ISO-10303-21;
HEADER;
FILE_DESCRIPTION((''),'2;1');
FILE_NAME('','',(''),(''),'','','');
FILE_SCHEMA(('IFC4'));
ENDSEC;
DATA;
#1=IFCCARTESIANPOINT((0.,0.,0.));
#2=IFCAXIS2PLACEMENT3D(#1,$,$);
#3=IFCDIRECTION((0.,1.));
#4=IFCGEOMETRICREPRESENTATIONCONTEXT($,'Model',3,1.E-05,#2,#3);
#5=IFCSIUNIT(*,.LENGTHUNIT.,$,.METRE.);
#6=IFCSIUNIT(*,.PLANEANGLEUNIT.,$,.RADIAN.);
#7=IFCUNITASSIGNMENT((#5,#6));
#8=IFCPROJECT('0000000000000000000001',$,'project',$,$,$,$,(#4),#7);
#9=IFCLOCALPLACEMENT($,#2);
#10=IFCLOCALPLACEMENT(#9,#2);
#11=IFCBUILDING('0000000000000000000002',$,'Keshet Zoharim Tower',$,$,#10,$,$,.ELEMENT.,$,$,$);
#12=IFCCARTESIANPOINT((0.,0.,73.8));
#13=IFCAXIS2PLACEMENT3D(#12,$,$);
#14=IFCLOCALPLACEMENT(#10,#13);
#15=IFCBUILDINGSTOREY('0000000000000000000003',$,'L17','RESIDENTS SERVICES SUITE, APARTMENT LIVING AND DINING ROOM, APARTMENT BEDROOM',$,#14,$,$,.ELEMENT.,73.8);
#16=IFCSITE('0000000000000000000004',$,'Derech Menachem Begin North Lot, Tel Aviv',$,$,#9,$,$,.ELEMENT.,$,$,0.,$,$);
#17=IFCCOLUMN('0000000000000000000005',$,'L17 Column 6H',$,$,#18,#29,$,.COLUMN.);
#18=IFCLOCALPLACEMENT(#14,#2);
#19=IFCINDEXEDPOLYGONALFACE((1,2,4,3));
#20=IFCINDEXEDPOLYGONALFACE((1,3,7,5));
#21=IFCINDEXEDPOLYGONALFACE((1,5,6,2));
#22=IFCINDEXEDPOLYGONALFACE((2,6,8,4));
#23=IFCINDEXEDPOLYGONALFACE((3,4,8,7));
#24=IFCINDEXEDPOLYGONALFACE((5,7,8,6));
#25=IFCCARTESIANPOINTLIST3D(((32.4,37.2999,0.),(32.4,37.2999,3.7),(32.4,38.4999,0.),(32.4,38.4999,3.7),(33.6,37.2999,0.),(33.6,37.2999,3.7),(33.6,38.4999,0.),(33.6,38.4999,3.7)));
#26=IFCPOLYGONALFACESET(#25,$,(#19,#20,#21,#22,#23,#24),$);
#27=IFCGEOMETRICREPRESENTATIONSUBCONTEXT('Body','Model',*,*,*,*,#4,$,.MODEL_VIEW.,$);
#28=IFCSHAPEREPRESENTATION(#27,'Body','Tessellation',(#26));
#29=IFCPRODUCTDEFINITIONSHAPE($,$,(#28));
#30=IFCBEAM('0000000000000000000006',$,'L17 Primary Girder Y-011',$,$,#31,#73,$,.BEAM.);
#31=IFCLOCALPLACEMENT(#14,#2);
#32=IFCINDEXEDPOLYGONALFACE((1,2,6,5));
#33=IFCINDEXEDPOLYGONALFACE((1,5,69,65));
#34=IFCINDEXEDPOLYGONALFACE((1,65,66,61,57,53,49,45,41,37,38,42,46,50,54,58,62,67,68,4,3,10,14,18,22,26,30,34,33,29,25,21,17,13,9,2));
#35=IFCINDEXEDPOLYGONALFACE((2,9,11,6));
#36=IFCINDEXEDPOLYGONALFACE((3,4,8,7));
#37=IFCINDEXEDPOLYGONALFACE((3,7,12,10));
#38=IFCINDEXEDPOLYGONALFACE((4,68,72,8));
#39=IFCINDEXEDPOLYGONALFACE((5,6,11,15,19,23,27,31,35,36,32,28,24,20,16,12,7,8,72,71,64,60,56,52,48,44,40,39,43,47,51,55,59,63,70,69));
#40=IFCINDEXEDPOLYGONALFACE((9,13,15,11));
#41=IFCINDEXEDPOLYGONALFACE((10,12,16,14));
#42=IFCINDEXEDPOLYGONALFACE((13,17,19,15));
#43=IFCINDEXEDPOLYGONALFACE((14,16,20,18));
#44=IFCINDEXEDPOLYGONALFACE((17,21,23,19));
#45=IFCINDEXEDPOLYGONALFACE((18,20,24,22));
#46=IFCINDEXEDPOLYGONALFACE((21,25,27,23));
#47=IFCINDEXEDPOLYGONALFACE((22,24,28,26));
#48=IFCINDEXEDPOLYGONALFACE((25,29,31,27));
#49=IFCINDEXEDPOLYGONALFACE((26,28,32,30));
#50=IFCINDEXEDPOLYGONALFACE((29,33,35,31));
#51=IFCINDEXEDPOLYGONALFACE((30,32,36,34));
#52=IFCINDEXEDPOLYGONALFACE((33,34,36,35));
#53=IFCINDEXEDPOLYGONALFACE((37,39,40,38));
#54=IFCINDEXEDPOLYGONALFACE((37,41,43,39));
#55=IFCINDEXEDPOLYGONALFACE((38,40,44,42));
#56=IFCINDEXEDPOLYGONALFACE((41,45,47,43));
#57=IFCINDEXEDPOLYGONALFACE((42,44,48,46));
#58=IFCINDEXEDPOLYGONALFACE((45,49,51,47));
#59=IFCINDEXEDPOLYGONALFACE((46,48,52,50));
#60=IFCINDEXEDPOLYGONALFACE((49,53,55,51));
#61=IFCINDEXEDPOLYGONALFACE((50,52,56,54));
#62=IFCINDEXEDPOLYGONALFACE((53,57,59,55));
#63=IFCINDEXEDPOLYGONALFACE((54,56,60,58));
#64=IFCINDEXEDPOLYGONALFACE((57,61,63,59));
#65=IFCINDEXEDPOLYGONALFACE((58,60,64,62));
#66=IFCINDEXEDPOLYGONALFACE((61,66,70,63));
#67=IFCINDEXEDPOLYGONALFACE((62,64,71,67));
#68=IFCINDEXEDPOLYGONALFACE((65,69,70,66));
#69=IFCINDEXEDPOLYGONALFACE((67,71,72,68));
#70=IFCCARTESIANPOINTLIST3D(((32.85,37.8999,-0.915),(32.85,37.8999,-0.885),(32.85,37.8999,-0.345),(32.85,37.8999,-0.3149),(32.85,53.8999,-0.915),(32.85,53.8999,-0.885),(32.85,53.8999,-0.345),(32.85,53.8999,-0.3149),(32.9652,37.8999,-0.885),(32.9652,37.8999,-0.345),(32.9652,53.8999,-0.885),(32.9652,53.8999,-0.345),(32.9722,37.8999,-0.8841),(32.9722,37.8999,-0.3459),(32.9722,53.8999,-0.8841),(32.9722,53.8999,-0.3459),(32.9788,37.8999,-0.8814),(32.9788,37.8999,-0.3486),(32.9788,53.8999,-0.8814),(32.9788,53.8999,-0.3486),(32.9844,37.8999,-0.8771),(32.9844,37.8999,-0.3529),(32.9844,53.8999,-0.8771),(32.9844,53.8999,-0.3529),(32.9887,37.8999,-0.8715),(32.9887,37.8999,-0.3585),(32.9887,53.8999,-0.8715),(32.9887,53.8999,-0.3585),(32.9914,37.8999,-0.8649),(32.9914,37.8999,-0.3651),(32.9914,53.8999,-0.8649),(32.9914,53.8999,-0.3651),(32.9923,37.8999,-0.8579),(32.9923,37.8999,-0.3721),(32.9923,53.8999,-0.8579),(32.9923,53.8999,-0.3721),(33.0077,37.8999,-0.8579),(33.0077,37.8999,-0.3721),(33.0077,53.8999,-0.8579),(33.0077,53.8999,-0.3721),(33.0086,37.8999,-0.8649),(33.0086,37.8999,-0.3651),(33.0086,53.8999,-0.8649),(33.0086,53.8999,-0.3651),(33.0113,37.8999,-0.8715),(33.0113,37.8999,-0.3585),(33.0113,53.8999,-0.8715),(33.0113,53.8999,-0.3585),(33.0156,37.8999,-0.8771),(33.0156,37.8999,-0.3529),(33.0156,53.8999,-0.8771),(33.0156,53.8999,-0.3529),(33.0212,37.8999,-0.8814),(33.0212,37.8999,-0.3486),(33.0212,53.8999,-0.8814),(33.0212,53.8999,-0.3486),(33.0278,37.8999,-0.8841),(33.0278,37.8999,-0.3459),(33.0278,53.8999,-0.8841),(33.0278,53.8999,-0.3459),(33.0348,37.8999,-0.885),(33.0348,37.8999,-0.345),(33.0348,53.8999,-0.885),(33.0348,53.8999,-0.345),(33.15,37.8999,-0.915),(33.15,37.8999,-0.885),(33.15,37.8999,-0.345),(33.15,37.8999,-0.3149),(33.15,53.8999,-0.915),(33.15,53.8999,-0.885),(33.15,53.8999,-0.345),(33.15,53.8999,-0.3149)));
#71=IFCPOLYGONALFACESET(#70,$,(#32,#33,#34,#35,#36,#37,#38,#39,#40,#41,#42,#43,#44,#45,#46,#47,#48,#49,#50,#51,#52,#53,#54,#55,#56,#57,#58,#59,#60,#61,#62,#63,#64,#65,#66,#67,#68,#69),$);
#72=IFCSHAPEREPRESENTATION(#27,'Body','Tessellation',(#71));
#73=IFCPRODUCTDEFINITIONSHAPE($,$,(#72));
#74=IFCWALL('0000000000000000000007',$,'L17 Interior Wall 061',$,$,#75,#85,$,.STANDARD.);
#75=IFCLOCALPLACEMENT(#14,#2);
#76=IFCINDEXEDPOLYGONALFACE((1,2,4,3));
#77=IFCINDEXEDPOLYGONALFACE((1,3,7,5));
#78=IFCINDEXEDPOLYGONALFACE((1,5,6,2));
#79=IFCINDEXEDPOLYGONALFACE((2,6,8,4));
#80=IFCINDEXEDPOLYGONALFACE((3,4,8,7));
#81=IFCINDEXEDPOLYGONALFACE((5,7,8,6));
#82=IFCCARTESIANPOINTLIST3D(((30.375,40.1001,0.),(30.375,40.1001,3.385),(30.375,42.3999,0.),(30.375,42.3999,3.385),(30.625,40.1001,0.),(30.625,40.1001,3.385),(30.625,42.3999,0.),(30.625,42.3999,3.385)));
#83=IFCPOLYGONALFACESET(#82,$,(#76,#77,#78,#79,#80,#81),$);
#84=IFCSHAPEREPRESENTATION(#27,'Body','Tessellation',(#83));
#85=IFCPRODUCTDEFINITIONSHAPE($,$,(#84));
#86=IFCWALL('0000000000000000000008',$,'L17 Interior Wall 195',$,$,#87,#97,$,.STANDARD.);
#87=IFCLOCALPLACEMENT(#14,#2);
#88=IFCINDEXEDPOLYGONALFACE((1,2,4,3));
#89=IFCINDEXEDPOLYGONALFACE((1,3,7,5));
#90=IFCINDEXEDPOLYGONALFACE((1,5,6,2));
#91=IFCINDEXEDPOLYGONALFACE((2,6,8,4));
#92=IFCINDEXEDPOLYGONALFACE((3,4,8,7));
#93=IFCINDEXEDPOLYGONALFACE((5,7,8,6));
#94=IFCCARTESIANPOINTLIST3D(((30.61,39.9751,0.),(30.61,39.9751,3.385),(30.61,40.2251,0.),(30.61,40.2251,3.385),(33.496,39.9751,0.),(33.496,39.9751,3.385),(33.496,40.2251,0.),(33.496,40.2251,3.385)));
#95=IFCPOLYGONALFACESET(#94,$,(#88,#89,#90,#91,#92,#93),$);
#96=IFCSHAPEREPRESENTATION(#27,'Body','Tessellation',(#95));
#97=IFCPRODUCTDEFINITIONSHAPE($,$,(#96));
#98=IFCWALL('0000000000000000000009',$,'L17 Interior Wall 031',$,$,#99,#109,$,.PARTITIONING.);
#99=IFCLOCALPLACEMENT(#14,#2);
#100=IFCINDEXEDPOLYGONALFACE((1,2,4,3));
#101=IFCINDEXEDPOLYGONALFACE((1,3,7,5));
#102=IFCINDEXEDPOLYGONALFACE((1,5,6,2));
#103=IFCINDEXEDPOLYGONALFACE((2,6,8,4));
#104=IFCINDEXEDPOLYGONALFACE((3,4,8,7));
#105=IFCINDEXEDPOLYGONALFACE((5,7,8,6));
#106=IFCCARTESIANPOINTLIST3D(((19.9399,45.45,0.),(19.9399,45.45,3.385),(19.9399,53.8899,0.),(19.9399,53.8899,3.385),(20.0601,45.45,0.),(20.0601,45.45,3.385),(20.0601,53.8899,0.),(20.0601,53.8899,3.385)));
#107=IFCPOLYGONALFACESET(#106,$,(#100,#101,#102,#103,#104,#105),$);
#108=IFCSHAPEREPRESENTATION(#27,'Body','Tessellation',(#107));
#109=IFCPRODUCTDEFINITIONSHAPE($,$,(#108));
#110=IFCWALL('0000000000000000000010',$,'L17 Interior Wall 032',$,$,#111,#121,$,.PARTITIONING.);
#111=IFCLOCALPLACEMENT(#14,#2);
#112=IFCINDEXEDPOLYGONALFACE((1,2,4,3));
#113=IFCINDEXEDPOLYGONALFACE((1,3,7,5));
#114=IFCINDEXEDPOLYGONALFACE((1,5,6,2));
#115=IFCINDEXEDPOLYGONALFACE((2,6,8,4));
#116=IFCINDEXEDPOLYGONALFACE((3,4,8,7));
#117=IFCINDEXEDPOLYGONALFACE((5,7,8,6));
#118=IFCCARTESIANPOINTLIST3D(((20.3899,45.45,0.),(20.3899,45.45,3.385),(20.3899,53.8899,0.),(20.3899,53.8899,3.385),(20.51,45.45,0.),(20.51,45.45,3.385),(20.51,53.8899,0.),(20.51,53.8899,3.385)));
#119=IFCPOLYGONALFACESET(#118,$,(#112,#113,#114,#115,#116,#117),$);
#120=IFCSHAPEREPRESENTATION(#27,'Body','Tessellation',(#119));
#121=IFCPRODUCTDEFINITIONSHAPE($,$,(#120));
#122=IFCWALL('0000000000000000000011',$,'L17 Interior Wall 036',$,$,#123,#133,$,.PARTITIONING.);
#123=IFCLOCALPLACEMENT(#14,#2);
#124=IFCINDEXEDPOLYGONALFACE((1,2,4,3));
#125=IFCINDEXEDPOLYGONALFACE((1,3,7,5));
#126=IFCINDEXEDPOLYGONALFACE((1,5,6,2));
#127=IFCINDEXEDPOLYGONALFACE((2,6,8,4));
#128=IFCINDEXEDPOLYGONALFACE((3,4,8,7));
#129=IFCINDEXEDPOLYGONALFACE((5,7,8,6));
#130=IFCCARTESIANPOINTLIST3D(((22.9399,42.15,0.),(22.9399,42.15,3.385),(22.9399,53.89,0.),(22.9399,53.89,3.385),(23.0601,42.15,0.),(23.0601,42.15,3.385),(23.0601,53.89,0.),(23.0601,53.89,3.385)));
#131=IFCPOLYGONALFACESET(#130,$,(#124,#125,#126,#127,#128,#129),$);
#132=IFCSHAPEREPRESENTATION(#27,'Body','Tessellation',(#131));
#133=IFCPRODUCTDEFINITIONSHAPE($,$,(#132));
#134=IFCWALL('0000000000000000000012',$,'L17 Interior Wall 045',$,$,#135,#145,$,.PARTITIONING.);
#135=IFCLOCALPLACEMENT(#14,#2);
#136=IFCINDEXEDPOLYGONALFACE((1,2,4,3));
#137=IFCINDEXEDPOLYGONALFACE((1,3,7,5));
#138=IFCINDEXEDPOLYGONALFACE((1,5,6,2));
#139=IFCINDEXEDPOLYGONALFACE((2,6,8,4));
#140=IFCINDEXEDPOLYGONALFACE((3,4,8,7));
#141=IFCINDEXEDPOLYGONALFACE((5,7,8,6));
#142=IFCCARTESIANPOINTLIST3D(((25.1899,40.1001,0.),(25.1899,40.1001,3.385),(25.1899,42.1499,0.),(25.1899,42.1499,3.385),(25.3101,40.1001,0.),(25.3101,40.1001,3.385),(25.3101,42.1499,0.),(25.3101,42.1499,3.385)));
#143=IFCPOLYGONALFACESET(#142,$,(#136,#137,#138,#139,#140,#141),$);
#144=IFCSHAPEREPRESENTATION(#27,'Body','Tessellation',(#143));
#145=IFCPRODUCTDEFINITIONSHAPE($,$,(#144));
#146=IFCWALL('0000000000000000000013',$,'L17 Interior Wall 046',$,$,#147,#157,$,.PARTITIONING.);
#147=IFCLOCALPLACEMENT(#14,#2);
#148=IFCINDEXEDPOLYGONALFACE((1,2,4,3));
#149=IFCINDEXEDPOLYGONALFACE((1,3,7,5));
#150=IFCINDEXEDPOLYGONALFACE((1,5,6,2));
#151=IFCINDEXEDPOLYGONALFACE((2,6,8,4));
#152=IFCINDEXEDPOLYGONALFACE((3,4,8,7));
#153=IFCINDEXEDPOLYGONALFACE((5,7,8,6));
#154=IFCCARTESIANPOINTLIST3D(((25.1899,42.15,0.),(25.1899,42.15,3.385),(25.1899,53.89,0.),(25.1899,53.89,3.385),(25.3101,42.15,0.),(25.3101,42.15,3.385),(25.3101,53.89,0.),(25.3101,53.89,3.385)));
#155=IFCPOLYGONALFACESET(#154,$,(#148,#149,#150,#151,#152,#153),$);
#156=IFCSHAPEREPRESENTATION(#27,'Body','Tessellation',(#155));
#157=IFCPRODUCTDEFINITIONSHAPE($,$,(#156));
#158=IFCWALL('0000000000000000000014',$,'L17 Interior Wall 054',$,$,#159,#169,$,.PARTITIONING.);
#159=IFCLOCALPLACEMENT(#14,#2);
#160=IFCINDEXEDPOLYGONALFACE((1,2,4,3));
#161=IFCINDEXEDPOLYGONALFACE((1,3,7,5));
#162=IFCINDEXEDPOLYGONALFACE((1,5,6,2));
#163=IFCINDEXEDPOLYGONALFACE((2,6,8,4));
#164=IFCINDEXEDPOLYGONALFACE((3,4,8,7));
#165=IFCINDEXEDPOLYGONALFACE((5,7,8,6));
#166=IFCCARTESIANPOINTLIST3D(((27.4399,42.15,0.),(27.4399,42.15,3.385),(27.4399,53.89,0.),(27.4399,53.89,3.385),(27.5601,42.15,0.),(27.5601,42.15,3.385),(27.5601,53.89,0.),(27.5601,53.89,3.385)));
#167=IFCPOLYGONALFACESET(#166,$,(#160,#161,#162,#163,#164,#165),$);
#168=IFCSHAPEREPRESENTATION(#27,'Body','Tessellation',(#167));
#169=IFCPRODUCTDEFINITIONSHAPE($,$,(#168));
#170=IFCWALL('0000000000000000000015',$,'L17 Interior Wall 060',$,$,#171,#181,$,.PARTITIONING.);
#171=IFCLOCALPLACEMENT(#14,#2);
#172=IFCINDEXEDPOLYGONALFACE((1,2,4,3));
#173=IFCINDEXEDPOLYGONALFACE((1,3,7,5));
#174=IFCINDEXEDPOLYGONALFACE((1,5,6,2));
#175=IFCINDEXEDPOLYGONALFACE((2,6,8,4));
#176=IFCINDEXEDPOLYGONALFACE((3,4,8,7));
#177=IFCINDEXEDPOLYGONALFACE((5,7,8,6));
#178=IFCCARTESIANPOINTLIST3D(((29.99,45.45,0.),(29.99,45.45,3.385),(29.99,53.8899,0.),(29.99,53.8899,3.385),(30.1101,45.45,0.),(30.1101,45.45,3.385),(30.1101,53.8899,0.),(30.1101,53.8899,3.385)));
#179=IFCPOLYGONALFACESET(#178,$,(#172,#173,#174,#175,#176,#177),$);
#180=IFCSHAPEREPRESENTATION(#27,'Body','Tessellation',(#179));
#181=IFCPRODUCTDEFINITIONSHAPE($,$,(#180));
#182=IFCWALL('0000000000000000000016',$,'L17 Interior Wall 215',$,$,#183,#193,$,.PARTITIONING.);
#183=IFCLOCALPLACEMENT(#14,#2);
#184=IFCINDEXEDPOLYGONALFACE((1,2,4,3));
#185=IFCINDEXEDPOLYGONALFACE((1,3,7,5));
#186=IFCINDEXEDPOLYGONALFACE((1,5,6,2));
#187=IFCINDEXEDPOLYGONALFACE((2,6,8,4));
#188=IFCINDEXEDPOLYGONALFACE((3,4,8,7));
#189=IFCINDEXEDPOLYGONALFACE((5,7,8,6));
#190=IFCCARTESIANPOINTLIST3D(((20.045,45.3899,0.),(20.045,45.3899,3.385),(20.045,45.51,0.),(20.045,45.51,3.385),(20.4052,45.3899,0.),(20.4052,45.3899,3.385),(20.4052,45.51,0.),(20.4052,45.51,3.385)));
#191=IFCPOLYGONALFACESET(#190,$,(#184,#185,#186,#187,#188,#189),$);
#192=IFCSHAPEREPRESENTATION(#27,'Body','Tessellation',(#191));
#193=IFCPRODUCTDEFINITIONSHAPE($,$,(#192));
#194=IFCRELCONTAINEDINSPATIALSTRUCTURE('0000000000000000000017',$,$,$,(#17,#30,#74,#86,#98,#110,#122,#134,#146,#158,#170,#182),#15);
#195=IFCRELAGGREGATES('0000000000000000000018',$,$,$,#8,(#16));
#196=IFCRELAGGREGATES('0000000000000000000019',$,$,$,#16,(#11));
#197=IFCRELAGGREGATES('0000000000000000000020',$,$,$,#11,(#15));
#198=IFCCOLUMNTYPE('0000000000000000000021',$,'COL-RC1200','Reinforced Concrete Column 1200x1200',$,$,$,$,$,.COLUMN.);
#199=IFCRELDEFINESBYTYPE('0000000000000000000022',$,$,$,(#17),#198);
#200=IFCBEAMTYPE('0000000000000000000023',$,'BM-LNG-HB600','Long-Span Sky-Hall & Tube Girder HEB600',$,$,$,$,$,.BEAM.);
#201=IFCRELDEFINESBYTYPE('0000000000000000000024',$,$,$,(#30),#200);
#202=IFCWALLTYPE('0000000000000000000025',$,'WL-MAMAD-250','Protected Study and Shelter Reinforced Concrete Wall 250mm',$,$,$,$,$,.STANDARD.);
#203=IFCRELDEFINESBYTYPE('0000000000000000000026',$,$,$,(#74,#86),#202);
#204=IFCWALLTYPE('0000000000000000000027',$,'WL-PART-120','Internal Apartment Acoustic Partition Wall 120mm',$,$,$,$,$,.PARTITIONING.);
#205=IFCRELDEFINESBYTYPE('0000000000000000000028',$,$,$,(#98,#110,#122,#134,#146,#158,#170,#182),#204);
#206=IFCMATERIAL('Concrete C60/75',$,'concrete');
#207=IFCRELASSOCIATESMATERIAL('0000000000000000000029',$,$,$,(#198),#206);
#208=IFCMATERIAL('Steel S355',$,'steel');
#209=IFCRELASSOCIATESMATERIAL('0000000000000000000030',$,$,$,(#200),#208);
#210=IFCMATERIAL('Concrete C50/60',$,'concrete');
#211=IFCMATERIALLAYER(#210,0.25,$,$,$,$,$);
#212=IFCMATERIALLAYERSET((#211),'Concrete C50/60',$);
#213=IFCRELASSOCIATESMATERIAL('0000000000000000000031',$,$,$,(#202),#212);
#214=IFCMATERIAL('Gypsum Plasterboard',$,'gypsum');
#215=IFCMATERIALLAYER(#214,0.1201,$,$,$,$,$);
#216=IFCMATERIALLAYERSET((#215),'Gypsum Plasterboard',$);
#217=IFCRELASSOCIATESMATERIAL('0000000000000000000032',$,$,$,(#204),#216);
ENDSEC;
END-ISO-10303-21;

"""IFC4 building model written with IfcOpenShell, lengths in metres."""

from ifc_helpers import new_model, si_unit, direction, frame, frame_2d, origin, origin_2d, place, context, subcontext, project, spatial, rectangle, i_section, extrude, material, layer, layer_set, material_profile, profile_set, type_object, element, save


model = new_model("IFC4")

# Units and contexts
model_context = context("Model", 3, precision=1e-05, world=origin(), true_north=direction((0.0, 1.0)))
body_context = subcontext(model_context, "Body", "Model", "MODEL_VIEW")
ifc_project = project(units=[si_unit("LENGTHUNIT", "METRE"), si_unit("PLANEANGLEUNIT", "RADIAN")], contexts=[model_context])

# Site, building, storey
site_placement = place(None, origin())
site = spatial("IfcSite", under=ifc_project, at=site_placement, Name="Derech Menachem Begin North Lot, Tel Aviv", CompositionType="ELEMENT", RefElevation=0.0)
building_placement = place(site_placement, origin())
building = spatial("IfcBuilding", under=site, at=building_placement, Name="Keshet Zoharim Tower", CompositionType="ELEMENT")
storey_placement = place(building_placement, frame((0.0, 0.0, 73.8)))
storey = spatial("IfcBuildingStorey", under=building, at=storey_placement, Name="L17", Description="RESIDENTS SERVICES SUITE, APARTMENT LIVING AND DINING ROOM, APARTMENT BEDROOM", CompositionType="ELEMENT", Elevation=73.8)

# Column
ifc_material_1 = material(Name="Concrete C60/75", Category="concrete")
ifc_material_profile_1 = material_profile(ifc_material_1, rectangle(XDim=1.2, YDim=1.2, at=origin_2d()), Name="RC1200x1200")
ifc_profile_set_1 = profile_set([ifc_material_profile_1], Name="Concrete C60/75")
column_type = type_object("IfcColumnType", Name="COL-RC1200", Description="Reinforced Concrete Column 1200x1200", PredefinedType="COLUMN", material=ifc_profile_set_1)
column_placement = place(storey_placement, frame((33.0, 37.8999, 0.0), z_axis=(0.0, 0.0, 1.0), x_axis=(1.0, 0.0, 0.0)))
element("IfcColumn", 1, at=column_placement, inside=storey, type_object=column_type, Name="L17 Column 6H", PredefinedType="COLUMN", context=body_context, shape_type="SweptSolid", body=[
    extrude(rectangle(XDim=1.2, YDim=1.2, at=origin_2d()), origin(), (0.0, 0.0, 1.0), 3.7),
])

# Beam
ifc_material_2 = material(Name="Steel S355", Category="steel")
ifc_material_profile_2 = material_profile(ifc_material_2, i_section(OverallWidth=0.3, OverallDepth=0.6001, WebThickness=0.0154, FlangeThickness=0.03, FilletRadius=0.0271, at=origin_2d()), Name="HEB600")
ifc_profile_set_2 = profile_set([ifc_material_profile_2], Name="Steel S355")
beam_type = type_object("IfcBeamType", Name="BM-LNG-HB600", Description="Long-Span Sky-Hall & Tube Girder HEB600", PredefinedType="BEAM", material=ifc_profile_set_2)
beam_placement = place(storey_placement, frame((33.0, 37.8999, -0.615), z_axis=(0.0, 1.0, 0.0), x_axis=(-1.0, 0.0, 0.0)))
element("IfcBeam", 2, at=beam_placement, inside=storey, type_object=beam_type, Name="L17 Primary Girder Y-011", PredefinedType="BEAM", context=body_context, shape_type="SweptSolid", body=[
    extrude(i_section(OverallWidth=0.3, OverallDepth=0.6001, WebThickness=0.0154, FlangeThickness=0.03, FilletRadius=0.0271, at=origin_2d()), origin(), (0.0, 0.0, 1.0), 16.0),
])

# Shared definitions
ifc_material_3 = material(Name="Gypsum Plasterboard", Category="gypsum")

# Walls
ifc_material_4 = material(Name="Concrete C50/60", Category="concrete")
ifc_layer_1 = layer(ifc_material_4, 0.25)
ifc_layer_set_1 = layer_set([ifc_layer_1], Name="Concrete C50/60")
wall_type_1 = type_object("IfcWallType", Name="WL-MAMAD-250", Description="Protected Study and Shelter Reinforced Concrete Wall 250mm", PredefinedType="STANDARD", material=ifc_layer_set_1)
wall_1_placement = place(storey_placement, frame((30.5, 40.1001, 0.0), z_axis=(0.0, 0.0, 1.0), x_axis=(0.0, 1.0, 0.0)))
element("IfcWall", 3, at=wall_1_placement, inside=storey, type_object=wall_type_1, Name="L17 Interior Wall 061", PredefinedType="STANDARD", context=body_context, shape_type="SweptSolid", body=[
    extrude(rectangle(XDim=2.2998, YDim=0.25, at=frame_2d((1.1499, 0.0))), origin(), (0.0, 0.0, 1.0), 3.385),
])
wall_2_placement = place(storey_placement, frame((30.6101, 40.1001, 0.0), z_axis=(0.0, 0.0, 1.0), x_axis=(1.0, 0.0, 0.0)))
element("IfcWall", 4, at=wall_2_placement, inside=storey, type_object=wall_type_1, Name="L17 Interior Wall 195", PredefinedType="STANDARD", context=body_context, shape_type="SweptSolid", body=[
    extrude(rectangle(XDim=2.886, YDim=0.25, at=frame_2d((1.4429, 0.0))), origin(), (0.0, 0.0, 1.0), 3.385),
])

# Walls
ifc_layer_2 = layer(ifc_material_3, 0.1201)
ifc_layer_set_2 = layer_set([ifc_layer_2], Name="Gypsum Plasterboard")
wall_type_2 = type_object("IfcWallType", Name="WL-PART-120", Description="Internal Apartment Acoustic Partition Wall 120mm", PredefinedType="PARTITIONING", material=ifc_layer_set_2)
for number, where, z_axis, x_axis, name in (
    (5, (20.0, 45.45, 0.0), (0.0, 0.0, 1.0), (0.0, 1.0, 0.0), "L17 Interior Wall 031"),
    (6, (20.45, 45.45, 0.0), (0.0, 0.0, 1.0), (0.0, 1.0, 0.0), "L17 Interior Wall 032"),
):
    element("IfcWall", number, at=place(storey_placement, frame(where, z_axis=z_axis, x_axis=x_axis)), inside=storey, type_object=wall_type_2, Name=name, PredefinedType="PARTITIONING", context=body_context, shape_type="SweptSolid", body=[
        extrude(rectangle(XDim=8.4399, YDim=0.1201, at=frame_2d((4.22, 0.0))), origin(), (0.0, 0.0, 1.0), 3.385),
    ])
wall_3_placement = place(storey_placement, frame((23.0, 42.1499, 0.0), z_axis=(0.0, 0.0, 1.0), x_axis=(0.0, 1.0, 0.0)))
element("IfcWall", 7, at=wall_3_placement, inside=storey, type_object=wall_type_2, Name="L17 Interior Wall 036", PredefinedType="PARTITIONING", context=body_context, shape_type="SweptSolid", body=[
    extrude(rectangle(XDim=11.74, YDim=0.1201, at=frame_2d((5.8701, 0.0))), origin(), (0.0, 0.0, 1.0), 3.385),
])
wall_4_placement = place(storey_placement, frame((25.25, 40.1001, 0.0), z_axis=(0.0, 0.0, 1.0), x_axis=(0.0, 1.0, 0.0)))
element("IfcWall", 8, at=wall_4_placement, inside=storey, type_object=wall_type_2, Name="L17 Interior Wall 045", PredefinedType="PARTITIONING", context=body_context, shape_type="SweptSolid", body=[
    extrude(rectangle(XDim=2.0498, YDim=0.1201, at=frame_2d((1.0249, 0.0))), origin(), (0.0, 0.0, 1.0), 3.385),
])
for number, where, z_axis, x_axis, name in (
    (9, (25.25, 42.1499, 0.0), (0.0, 0.0, 1.0), (0.0, 1.0, 0.0), "L17 Interior Wall 046"),
    (10, (27.5, 42.1499, 0.0), (0.0, 0.0, 1.0), (0.0, 1.0, 0.0), "L17 Interior Wall 054"),
):
    element("IfcWall", number, at=place(storey_placement, frame(where, z_axis=z_axis, x_axis=x_axis)), inside=storey, type_object=wall_type_2, Name=name, PredefinedType="PARTITIONING", context=body_context, shape_type="SweptSolid", body=[
        extrude(rectangle(XDim=11.74, YDim=0.1201, at=frame_2d((5.8701, 0.0))), origin(), (0.0, 0.0, 1.0), 3.385),
    ])
wall_5_placement = place(storey_placement, frame((30.05, 45.45, 0.0), z_axis=(0.0, 0.0, 1.0), x_axis=(0.0, 1.0, 0.0)))
element("IfcWall", 11, at=wall_5_placement, inside=storey, type_object=wall_type_2, Name="L17 Interior Wall 060", PredefinedType="PARTITIONING", context=body_context, shape_type="SweptSolid", body=[
    extrude(rectangle(XDim=8.4399, YDim=0.1201, at=frame_2d((4.22, 0.0))), origin(), (0.0, 0.0, 1.0), 3.385),
])

# Wall
for number, where, z_axis, x_axis, name in (
    (12, (20.0449, 45.45, 0.0), (0.0, 0.0, 1.0), (1.0, 0.0, 0.0), "L17 Interior Wall 215"),
):
    element("IfcWall", number, at=place(storey_placement, frame(where, z_axis=z_axis, x_axis=x_axis)), inside=storey, type_object=wall_type_2, Name=name, PredefinedType="PARTITIONING", context=body_context, shape_type="SweptSolid", body=[
        extrude(rectangle(XDim=0.3601, YDim=0.1201, at=frame_2d((0.1802, 0.0))), origin(), (0.0, 0.0, 1.0), 3.385),
    ])

save(model, "model.ifc")
